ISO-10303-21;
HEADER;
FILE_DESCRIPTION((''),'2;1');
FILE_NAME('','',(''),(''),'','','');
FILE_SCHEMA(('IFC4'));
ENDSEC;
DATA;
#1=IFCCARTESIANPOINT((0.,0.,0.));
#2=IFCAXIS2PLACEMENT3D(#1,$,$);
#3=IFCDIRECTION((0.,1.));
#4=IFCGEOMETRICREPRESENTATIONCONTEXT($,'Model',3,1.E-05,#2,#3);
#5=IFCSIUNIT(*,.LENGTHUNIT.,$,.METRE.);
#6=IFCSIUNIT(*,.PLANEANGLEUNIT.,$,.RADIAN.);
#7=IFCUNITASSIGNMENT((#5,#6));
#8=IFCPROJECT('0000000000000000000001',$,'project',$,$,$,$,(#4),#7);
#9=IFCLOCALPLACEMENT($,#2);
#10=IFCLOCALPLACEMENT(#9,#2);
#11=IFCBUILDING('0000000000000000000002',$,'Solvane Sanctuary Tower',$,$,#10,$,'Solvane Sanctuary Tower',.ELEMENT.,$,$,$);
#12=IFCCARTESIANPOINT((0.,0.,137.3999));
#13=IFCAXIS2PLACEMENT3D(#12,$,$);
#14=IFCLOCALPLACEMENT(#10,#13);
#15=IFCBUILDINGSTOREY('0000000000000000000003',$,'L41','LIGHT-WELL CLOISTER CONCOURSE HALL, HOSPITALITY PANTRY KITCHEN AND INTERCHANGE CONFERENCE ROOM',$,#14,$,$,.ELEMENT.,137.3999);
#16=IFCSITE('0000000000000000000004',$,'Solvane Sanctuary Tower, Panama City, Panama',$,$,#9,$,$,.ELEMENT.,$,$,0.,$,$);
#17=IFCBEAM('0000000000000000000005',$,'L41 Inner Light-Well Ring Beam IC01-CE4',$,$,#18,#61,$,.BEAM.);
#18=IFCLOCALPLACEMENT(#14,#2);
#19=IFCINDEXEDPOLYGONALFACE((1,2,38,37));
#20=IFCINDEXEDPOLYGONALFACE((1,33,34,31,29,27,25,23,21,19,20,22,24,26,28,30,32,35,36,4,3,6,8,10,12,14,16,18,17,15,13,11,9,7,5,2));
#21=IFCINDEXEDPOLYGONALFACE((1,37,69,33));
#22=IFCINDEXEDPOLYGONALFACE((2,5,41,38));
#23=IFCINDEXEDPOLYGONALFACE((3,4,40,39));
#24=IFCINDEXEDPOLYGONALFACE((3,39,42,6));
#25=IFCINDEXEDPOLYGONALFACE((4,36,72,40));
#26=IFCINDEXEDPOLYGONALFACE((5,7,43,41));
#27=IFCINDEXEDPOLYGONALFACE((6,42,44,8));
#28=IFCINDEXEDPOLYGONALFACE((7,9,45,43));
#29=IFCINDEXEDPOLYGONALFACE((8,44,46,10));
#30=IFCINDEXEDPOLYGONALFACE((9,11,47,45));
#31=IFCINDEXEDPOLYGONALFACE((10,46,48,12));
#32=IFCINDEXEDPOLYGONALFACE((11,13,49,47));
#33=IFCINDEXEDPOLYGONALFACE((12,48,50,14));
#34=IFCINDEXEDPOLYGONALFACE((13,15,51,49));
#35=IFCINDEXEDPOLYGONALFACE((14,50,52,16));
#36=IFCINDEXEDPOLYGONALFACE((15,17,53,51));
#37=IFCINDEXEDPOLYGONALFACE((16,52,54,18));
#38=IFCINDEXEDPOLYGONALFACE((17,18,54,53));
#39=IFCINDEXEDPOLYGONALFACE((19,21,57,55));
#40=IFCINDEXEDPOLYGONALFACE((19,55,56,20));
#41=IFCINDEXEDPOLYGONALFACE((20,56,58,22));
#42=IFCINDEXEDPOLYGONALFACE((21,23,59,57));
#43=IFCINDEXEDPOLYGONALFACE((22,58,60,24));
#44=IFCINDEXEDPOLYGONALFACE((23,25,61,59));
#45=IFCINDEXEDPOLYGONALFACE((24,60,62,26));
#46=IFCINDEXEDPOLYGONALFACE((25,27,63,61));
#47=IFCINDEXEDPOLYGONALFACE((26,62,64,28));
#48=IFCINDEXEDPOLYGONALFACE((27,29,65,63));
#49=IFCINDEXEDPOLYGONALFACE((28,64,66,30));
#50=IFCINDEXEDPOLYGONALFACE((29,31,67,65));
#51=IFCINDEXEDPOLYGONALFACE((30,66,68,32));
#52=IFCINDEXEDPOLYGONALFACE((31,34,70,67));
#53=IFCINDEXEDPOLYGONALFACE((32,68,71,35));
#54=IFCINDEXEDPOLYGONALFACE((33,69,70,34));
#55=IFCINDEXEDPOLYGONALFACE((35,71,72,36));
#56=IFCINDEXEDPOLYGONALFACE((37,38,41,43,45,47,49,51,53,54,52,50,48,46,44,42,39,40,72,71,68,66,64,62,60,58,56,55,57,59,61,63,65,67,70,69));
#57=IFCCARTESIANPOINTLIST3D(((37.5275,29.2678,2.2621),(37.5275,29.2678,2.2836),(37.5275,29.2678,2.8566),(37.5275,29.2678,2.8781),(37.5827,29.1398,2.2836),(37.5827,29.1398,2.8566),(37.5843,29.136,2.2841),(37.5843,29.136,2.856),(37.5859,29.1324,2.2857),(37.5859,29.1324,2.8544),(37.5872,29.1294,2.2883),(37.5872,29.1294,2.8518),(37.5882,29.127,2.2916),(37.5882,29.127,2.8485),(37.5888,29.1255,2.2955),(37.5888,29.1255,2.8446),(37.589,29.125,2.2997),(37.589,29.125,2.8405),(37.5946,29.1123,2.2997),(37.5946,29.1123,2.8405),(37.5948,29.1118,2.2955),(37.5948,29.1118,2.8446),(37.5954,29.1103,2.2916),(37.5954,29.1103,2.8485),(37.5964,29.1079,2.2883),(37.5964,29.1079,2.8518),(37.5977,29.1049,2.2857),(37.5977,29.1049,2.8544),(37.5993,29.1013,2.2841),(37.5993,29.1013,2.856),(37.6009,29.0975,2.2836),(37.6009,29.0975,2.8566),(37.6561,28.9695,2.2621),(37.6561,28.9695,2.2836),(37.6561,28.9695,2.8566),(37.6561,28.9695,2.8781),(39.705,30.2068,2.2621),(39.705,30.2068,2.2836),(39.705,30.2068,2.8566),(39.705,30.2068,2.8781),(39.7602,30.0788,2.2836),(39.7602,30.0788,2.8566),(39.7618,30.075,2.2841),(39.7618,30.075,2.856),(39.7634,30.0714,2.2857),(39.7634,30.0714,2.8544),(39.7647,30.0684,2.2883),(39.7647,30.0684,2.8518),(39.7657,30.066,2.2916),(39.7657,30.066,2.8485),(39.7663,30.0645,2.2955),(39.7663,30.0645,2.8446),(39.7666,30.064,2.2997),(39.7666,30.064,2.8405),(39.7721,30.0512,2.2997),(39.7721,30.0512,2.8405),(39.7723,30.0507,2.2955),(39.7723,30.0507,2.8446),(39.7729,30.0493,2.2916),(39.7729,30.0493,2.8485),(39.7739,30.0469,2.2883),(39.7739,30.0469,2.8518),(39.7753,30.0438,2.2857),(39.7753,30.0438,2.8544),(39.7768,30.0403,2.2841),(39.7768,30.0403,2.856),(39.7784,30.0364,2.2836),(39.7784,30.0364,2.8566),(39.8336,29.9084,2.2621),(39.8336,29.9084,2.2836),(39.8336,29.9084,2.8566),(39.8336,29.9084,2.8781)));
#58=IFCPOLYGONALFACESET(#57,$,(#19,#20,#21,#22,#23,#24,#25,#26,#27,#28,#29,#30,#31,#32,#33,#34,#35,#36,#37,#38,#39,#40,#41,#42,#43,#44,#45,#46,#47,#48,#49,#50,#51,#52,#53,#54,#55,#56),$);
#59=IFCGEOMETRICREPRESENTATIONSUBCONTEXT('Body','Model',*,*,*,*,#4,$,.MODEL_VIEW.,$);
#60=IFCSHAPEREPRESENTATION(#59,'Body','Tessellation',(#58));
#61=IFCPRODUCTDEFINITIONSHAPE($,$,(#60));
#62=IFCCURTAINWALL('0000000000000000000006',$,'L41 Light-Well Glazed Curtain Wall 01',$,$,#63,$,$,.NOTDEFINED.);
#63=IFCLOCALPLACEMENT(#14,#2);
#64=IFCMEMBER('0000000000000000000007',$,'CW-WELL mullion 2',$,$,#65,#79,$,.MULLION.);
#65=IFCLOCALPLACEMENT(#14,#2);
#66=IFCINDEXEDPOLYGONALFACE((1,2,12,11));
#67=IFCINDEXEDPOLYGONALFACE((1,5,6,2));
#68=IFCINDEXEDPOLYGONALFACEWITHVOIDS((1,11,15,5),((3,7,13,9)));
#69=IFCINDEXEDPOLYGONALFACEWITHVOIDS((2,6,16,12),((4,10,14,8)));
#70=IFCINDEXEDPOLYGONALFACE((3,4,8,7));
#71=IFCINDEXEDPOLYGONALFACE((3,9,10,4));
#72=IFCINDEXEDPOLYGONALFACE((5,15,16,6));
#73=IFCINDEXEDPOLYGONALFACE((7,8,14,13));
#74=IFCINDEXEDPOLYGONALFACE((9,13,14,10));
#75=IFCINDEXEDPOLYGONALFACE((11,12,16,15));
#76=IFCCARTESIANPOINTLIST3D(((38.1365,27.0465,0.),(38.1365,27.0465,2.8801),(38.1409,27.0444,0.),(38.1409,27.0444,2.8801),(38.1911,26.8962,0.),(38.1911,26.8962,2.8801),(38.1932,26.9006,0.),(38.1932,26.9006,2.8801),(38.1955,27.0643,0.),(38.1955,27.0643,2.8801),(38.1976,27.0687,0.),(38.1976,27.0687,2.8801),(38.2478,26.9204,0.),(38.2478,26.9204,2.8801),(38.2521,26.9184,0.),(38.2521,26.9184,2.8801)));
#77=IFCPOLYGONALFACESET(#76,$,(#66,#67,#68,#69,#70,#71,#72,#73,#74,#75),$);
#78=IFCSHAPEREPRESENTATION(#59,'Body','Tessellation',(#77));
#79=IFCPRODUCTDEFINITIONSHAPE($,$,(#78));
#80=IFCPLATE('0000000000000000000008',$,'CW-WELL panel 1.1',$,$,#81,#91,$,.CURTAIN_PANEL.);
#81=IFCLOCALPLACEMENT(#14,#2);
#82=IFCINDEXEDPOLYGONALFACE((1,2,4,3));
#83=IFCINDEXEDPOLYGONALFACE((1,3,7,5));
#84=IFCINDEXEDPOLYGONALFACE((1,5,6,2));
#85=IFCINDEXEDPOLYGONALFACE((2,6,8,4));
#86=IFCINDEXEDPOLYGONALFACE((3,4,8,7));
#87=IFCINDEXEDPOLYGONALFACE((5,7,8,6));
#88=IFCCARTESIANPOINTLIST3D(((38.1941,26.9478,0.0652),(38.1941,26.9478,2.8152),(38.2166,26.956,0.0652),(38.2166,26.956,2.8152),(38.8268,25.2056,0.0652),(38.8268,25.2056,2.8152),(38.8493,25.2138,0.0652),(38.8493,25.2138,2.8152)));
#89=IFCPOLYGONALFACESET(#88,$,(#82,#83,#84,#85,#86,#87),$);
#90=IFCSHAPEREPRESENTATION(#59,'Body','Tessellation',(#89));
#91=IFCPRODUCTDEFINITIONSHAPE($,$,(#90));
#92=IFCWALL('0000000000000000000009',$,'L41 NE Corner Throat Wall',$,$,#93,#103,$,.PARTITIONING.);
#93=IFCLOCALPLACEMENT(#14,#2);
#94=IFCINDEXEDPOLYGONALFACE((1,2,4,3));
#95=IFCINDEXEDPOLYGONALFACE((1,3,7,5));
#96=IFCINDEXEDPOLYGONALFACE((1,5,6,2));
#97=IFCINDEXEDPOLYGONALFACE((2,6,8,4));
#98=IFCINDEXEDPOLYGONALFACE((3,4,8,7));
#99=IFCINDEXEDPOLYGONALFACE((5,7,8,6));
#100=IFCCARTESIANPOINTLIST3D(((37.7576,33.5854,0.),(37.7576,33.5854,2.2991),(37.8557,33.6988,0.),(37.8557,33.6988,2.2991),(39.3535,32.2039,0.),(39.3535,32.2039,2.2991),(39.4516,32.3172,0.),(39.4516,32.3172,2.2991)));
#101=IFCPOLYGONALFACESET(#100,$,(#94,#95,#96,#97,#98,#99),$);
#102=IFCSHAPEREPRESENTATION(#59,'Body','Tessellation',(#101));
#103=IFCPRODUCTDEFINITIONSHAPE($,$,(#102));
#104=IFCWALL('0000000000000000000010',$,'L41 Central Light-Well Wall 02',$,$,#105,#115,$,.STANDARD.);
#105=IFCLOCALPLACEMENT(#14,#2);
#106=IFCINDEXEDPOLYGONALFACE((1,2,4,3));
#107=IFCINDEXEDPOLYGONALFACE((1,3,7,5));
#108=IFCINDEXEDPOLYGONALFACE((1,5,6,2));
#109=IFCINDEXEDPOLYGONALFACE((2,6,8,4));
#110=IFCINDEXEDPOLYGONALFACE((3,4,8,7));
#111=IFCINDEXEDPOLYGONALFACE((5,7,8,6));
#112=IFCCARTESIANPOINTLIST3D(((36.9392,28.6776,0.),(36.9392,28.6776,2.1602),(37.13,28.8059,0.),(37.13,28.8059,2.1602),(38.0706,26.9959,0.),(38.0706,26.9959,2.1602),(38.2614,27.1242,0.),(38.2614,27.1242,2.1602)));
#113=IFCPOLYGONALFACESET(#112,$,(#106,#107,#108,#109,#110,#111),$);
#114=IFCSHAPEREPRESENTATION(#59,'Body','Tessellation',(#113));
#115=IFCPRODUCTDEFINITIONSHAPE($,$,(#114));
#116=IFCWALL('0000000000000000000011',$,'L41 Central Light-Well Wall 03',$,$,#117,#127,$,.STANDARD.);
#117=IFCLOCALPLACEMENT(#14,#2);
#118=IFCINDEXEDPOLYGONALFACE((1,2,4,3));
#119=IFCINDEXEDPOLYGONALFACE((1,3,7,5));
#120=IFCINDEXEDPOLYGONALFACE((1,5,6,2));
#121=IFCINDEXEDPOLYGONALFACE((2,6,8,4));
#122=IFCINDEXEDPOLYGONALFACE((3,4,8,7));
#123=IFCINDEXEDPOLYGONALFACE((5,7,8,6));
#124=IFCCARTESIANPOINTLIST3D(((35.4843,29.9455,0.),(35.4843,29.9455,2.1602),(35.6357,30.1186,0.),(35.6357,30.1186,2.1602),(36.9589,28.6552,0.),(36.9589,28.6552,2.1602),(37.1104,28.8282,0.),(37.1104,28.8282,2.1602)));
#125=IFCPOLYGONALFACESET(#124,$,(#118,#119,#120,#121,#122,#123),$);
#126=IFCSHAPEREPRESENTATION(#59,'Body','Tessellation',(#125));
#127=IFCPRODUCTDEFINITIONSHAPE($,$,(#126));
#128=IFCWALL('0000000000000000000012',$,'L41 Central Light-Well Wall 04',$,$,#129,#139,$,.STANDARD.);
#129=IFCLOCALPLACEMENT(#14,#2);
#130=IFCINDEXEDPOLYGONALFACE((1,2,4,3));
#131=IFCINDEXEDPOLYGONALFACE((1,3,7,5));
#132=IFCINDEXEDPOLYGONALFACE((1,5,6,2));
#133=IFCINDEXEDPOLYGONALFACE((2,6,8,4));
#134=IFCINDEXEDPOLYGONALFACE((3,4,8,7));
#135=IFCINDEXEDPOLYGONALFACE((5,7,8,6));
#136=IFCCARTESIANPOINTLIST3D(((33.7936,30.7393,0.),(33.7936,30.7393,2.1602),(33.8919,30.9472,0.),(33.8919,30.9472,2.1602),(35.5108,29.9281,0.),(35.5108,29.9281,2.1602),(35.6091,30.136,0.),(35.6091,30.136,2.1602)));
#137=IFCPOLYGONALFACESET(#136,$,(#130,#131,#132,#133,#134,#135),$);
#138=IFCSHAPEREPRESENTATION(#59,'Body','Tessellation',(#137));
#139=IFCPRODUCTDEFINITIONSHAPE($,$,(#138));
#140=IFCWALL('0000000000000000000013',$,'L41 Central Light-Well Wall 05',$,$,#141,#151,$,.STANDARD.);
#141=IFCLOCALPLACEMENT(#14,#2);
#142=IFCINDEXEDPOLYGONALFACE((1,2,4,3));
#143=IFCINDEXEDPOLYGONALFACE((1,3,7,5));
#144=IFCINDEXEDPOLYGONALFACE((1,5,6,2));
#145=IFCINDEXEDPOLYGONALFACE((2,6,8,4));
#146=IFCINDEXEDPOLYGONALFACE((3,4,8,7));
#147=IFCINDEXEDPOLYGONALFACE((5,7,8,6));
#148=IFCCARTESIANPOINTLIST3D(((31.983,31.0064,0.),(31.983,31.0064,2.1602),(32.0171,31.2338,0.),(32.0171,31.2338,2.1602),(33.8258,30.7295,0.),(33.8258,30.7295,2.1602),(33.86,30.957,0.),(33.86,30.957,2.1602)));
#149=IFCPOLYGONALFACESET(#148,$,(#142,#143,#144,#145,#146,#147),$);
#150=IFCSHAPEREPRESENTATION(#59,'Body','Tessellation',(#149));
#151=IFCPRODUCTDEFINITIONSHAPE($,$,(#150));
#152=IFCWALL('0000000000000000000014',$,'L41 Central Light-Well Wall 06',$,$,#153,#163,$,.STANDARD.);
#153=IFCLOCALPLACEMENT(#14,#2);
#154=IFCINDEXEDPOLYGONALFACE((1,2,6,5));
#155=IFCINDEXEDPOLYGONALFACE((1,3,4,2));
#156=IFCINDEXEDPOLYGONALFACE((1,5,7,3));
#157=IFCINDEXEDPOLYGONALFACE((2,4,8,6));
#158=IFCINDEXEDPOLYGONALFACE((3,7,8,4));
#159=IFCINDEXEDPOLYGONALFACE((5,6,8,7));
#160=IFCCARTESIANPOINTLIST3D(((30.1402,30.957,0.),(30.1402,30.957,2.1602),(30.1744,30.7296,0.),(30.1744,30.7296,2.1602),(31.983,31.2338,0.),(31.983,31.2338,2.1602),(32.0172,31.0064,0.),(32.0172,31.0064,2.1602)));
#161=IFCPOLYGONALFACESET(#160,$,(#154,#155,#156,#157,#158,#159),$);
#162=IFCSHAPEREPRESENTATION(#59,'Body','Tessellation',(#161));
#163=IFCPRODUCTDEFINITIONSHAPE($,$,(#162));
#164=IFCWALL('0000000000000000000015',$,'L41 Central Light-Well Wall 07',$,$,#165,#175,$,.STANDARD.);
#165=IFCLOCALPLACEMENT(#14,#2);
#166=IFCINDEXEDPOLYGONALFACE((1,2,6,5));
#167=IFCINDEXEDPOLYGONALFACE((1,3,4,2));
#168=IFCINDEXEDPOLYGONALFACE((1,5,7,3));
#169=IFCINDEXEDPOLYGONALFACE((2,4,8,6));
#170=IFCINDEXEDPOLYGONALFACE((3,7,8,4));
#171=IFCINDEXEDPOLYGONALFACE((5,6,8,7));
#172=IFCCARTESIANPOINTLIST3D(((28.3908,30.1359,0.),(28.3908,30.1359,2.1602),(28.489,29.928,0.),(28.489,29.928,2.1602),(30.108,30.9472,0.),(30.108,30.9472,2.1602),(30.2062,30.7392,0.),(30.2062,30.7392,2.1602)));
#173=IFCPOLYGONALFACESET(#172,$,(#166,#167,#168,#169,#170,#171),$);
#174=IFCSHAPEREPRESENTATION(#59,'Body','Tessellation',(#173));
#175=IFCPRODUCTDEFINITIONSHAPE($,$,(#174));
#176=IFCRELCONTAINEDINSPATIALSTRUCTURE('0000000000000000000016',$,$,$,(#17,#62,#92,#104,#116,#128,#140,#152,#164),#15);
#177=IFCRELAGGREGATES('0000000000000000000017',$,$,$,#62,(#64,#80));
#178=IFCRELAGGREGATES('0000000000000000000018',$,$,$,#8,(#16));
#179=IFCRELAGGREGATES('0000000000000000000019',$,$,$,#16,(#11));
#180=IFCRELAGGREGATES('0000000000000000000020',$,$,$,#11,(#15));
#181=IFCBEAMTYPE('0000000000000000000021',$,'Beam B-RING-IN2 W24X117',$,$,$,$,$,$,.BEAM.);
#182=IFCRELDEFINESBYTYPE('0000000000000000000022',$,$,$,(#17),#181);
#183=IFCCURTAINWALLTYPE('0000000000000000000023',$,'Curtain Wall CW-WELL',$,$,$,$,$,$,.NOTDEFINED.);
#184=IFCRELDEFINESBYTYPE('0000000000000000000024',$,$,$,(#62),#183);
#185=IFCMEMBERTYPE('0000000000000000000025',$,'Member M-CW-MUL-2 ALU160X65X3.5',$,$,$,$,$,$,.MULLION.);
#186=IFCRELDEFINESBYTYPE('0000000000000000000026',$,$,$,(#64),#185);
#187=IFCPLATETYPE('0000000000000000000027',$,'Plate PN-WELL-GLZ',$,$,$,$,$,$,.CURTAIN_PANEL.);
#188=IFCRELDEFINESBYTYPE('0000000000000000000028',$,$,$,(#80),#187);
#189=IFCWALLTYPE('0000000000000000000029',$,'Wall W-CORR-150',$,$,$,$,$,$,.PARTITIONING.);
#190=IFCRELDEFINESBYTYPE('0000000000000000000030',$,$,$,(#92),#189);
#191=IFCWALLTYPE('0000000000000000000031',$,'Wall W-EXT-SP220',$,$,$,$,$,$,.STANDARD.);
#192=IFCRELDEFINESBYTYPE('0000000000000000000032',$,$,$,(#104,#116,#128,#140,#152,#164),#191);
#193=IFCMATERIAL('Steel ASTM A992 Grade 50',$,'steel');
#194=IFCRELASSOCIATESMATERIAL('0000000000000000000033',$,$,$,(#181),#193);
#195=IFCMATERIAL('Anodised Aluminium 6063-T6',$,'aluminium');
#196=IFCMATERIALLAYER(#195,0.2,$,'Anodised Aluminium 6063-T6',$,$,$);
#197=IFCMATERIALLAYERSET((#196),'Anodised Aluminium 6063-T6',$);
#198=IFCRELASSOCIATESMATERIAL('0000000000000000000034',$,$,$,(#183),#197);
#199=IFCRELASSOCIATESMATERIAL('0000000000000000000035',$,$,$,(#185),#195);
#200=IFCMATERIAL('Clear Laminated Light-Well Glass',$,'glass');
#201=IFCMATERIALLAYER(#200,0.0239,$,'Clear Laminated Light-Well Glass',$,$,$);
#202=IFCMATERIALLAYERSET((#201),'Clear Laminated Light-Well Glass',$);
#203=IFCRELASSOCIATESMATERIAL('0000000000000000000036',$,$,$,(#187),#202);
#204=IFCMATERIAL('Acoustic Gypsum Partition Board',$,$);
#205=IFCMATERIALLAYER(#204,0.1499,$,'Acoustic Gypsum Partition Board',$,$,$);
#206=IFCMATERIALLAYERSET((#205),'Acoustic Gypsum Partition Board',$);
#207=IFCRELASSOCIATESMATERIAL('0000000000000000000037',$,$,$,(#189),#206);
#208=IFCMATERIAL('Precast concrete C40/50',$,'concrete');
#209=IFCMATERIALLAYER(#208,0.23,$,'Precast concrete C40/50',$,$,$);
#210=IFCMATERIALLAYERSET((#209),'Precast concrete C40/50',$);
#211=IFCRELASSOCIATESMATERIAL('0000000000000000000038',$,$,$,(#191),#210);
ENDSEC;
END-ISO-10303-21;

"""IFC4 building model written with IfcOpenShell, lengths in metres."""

from ifc_helpers import new_model, si_unit, direction, frame, frame_2d, origin, origin_2d, place, context, subcontext, project, spatial, rectangle, hollow_rectangle, i_section, extrude, material, layer, layer_set, material_profile, profile_set, type_object, element, aggregate, save


model = new_model("IFC4")

# Units and contexts
model_context = context("Model", 3, precision=1e-05, world=origin(), true_north=direction((0.0, 1.0)))
body_context = subcontext(model_context, "Body", "Model", "MODEL_VIEW")
ifc_project = project(units=[si_unit("LENGTHUNIT", "METRE"), si_unit("PLANEANGLEUNIT", "RADIAN")], contexts=[model_context])

# Site, building, storey
site_placement = place(None, origin())
site = spatial("IfcSite", under=ifc_project, at=site_placement, Name="Solvane Sanctuary Tower, Panama City, Panama", CompositionType="ELEMENT", RefElevation=0.0)
building_placement = place(site_placement, origin())
building = spatial("IfcBuilding", under=site, at=building_placement, Name="Solvane Sanctuary Tower", LongName="Solvane Sanctuary Tower", CompositionType="ELEMENT")
storey_placement = place(building_placement, frame((0.0, 0.0, 137.3999)))
storey = spatial("IfcBuildingStorey", under=building, at=storey_placement, Name="L41", Description="LIGHT-WELL CLOISTER CONCOURSE HALL, HOSPITALITY PANTRY KITCHEN AND INTERCHANGE CONFERENCE ROOM", CompositionType="ELEMENT", Elevation=137.3999)

# Beam
ifc_material_1 = material(Name="Steel ASTM A992 Grade 50", Category="steel")
ifc_material_profile_1 = material_profile(ifc_material_1, i_section(OverallWidth=0.325, OverallDepth=0.616, WebThickness=0.0139, FlangeThickness=0.0215, FilletRadius=0.0161, at=origin_2d()), Name="W24X117")
ifc_profile_set_1 = profile_set([ifc_material_profile_1], Name="Steel ASTM A992 Grade 50")
beam_type_1 = type_object("IfcBeamType", Name="Beam B-RING-IN2 W24X117", PredefinedType="BEAM", material=ifc_profile_set_1)
beam_1_placement = place(storey_placement, frame((37.5918, 29.1187, 2.5701), z_axis=(0.918264, 0.395969, 0.0), x_axis=(-0.395969, 0.918264, 0.0)))
element("IfcBeam", 1, at=beam_1_placement, inside=storey, type_object=beam_type_1, Name="L41 Inner Light-Well Ring Beam IC01-CE4", PredefinedType="BEAM", context=body_context, shape_type="SweptSolid", body=[
    extrude(i_section(OverallWidth=0.325, OverallDepth=0.616, WebThickness=0.0139, FlangeThickness=0.0215, FilletRadius=0.0161, at=origin_2d()), origin(), (0.0, 0.0, 1.0), 2.3713),
])

# Curtain wall, member, plate
ifc_material_2 = material(Name="Anodised Aluminium 6063-T6", Category="aluminium")
ifc_layer_1 = layer(ifc_material_2, 0.2, Name="Anodised Aluminium 6063-T6")
ifc_layer_set_1 = layer_set([ifc_layer_1], Name="Anodised Aluminium 6063-T6")
curtain_wall_type = type_object("IfcCurtainWallType", Name="Curtain Wall CW-WELL", PredefinedType="NOTDEFINED", material=ifc_layer_set_1)
curtain_wall_placement = place(storey_placement, origin())
curtain_wall = element("IfcCurtainWall", 2, at=curtain_wall_placement, inside=storey, type_object=curtain_wall_type, Name="L41 Light-Well Glazed Curtain Wall 01", PredefinedType="NOTDEFINED")
ifc_material_profile_2 = material_profile(ifc_material_2, hollow_rectangle(XDim=0.0649, YDim=0.1599, WallThickness=0.0034, at=origin_2d()), Name="ALU160X65X3.5")
ifc_profile_set_2 = profile_set([ifc_material_profile_2], Name="Anodised Aluminium 6063-T6")
member_type = type_object("IfcMemberType", Name="Member M-CW-MUL-2 ALU160X65X3.5", PredefinedType="MULLION", material=ifc_profile_set_2)
member_placement = place(storey_placement, frame((38.1943, 26.9824, 0.0), z_axis=(0.0, 0.0, 1.0), x_axis=(-0.939933, -0.341358, 0.0)))
member = element("IfcMember", 3, at=member_placement, type_object=member_type, Name="CW-WELL mullion 2", PredefinedType="MULLION", context=body_context, shape_type="SweptSolid", body=[
    extrude(hollow_rectangle(XDim=0.0649, YDim=0.1599, WallThickness=0.0034, at=origin_2d()), origin(), (0.0, 0.0, 1.0), 2.8801),
])
ifc_material_3 = material(Name="Clear Laminated Light-Well Glass", Category="glass")
ifc_layer_2 = layer(ifc_material_3, 0.0239, Name="Clear Laminated Light-Well Glass")
ifc_layer_set_2 = layer_set([ifc_layer_2], Name="Clear Laminated Light-Well Glass")
plate_type = type_object("IfcPlateType", Name="Plate PN-WELL-GLZ", PredefinedType="CURTAIN_PANEL", material=ifc_layer_set_2)
plate_placement = place(storey_placement, frame((38.5217, 26.0808, 0.0652), z_axis=(0.0, 0.0, 1.0), x_axis=(-0.341358, 0.939933, 0.0)))
plate = element("IfcPlate", 4, at=plate_placement, type_object=plate_type, Name="CW-WELL panel 1.1", PredefinedType="CURTAIN_PANEL", context=body_context, shape_type="SweptSolid", body=[
    extrude(rectangle(XDim=1.8535, YDim=0.0239, at=origin_2d()), origin(), (0.0, 0.0, 1.0), 2.75),
])
aggregate(curtain_wall, [member, plate])

# Walls
ifc_material_4 = material(Name="Acoustic Gypsum Partition Board")
ifc_layer_3 = layer(ifc_material_4, 0.1499, Name="Acoustic Gypsum Partition Board")
ifc_layer_set_3 = layer_set([ifc_layer_3], Name="Acoustic Gypsum Partition Board")
wall_type_1 = type_object("IfcWallType", Name="Wall W-CORR-150", PredefinedType="PARTITIONING", material=ifc_layer_set_3)
wall_1_placement = place(storey_placement, frame((37.8066, 33.6421, 0.0), z_axis=(0.0, 0.0, 1.0), x_axis=(0.756055, -0.654508, 0.0)))
element("IfcWall", 5, at=wall_1_placement, inside=storey, type_object=wall_type_1, Name="L41 NE Corner Throat Wall", PredefinedType="PARTITIONING", context=body_context, shape_type="SweptSolid", body=[
    extrude(rectangle(XDim=2.1108, YDim=0.1499, at=frame_2d((1.0554, 0.0))), origin(), (0.0, 0.0, 1.0), 2.2991),
])
ifc_material_5 = material(Name="Precast concrete C40/50", Category="concrete")
ifc_layer_4 = layer(ifc_material_5, 0.23, Name="Precast concrete C40/50")
ifc_layer_set_4 = layer_set([ifc_layer_4], Name="Precast concrete C40/50")
wall_type_2 = type_object("IfcWallType", Name="Wall W-EXT-SP220", PredefinedType="STANDARD", material=ifc_layer_set_4)
wall_2_placement = place(storey_placement, frame((38.166, 27.0601, 0.0), z_axis=(0.0, 0.0, 1.0), x_axis=(-0.558198, 0.829708, 0.0)))
element("IfcWall", 6, at=wall_2_placement, inside=storey, type_object=wall_type_2, Name="L41 Central Light-Well Wall 02", PredefinedType="STANDARD", context=body_context, shape_type="SweptSolid", body=[
    extrude(rectangle(XDim=2.0269, YDim=0.23, at=frame_2d((1.0134, 0.0))), origin(), (0.0, 0.0, 1.0), 2.1602),
])
wall_3_placement = place(storey_placement, frame((37.0347, 28.7417, 0.0), z_axis=(0.0, 0.0, 1.0), x_axis=(-0.752577, 0.658505, 0.0)))
element("IfcWall", 7, at=wall_3_placement, inside=storey, type_object=wall_type_2, Name="L41 Central Light-Well Wall 03", PredefinedType="STANDARD", context=body_context, shape_type="SweptSolid", body=[
    extrude(rectangle(XDim=1.9595, YDim=0.23, at=frame_2d((0.9797, 0.0))), origin(), (0.0, 0.0, 1.0), 2.1602),
])
wall_4_placement = place(storey_placement, frame((35.5601, 30.032, 0.0), z_axis=(0.0, 0.0, 1.0), x_axis=(-0.90418, 0.427152, 0.0)))
element("IfcWall", 8, at=wall_4_placement, inside=storey, type_object=wall_type_2, Name="L41 Central Light-Well Wall 04", PredefinedType="STANDARD", context=body_context, shape_type="SweptSolid", body=[
    extrude(rectangle(XDim=1.8992, YDim=0.23, at=frame_2d((0.9497, 0.0))), origin(), (0.0, 0.0, 1.0), 2.1602),
])
for number, where, z_axis, x_axis, name in (
    (9, (33.8428, 30.8433, 0.0), (0.0, 0.0, 1.0), (-0.988902, 0.148571, 0.0), "L41 Central Light-Well Wall 05"),
    (10, (32.0, 31.1201, 0.0), (0.0, 0.0, 1.0), (-0.988902, -0.148571, 0.0), "L41 Central Light-Well Wall 06"),
):
    element("IfcWall", number, at=place(storey_placement, frame(where, z_axis=z_axis, x_axis=x_axis)), inside=storey, type_object=wall_type_2, Name=name, PredefinedType="STANDARD", context=body_context, shape_type="SweptSolid", body=[
        extrude(rectangle(XDim=1.8635, YDim=0.23, at=frame_2d((0.9316, 0.0))), origin(), (0.0, 0.0, 1.0), 2.1602),
    ])
wall_5_placement = place(storey_placement, frame((30.1572, 30.8433, 0.0), z_axis=(0.0, 0.0, 1.0), x_axis=(-0.90418, -0.427152, 0.0)))
element("IfcWall", 11, at=wall_5_placement, inside=storey, type_object=wall_type_2, Name="L41 Central Light-Well Wall 07", PredefinedType="STANDARD", context=body_context, shape_type="SweptSolid", body=[
    extrude(rectangle(XDim=1.8992, YDim=0.23, at=frame_2d((0.9497, 0.0))), origin(), (0.0, 0.0, 1.0), 2.1602),
])

save(model, "model.ifc")
